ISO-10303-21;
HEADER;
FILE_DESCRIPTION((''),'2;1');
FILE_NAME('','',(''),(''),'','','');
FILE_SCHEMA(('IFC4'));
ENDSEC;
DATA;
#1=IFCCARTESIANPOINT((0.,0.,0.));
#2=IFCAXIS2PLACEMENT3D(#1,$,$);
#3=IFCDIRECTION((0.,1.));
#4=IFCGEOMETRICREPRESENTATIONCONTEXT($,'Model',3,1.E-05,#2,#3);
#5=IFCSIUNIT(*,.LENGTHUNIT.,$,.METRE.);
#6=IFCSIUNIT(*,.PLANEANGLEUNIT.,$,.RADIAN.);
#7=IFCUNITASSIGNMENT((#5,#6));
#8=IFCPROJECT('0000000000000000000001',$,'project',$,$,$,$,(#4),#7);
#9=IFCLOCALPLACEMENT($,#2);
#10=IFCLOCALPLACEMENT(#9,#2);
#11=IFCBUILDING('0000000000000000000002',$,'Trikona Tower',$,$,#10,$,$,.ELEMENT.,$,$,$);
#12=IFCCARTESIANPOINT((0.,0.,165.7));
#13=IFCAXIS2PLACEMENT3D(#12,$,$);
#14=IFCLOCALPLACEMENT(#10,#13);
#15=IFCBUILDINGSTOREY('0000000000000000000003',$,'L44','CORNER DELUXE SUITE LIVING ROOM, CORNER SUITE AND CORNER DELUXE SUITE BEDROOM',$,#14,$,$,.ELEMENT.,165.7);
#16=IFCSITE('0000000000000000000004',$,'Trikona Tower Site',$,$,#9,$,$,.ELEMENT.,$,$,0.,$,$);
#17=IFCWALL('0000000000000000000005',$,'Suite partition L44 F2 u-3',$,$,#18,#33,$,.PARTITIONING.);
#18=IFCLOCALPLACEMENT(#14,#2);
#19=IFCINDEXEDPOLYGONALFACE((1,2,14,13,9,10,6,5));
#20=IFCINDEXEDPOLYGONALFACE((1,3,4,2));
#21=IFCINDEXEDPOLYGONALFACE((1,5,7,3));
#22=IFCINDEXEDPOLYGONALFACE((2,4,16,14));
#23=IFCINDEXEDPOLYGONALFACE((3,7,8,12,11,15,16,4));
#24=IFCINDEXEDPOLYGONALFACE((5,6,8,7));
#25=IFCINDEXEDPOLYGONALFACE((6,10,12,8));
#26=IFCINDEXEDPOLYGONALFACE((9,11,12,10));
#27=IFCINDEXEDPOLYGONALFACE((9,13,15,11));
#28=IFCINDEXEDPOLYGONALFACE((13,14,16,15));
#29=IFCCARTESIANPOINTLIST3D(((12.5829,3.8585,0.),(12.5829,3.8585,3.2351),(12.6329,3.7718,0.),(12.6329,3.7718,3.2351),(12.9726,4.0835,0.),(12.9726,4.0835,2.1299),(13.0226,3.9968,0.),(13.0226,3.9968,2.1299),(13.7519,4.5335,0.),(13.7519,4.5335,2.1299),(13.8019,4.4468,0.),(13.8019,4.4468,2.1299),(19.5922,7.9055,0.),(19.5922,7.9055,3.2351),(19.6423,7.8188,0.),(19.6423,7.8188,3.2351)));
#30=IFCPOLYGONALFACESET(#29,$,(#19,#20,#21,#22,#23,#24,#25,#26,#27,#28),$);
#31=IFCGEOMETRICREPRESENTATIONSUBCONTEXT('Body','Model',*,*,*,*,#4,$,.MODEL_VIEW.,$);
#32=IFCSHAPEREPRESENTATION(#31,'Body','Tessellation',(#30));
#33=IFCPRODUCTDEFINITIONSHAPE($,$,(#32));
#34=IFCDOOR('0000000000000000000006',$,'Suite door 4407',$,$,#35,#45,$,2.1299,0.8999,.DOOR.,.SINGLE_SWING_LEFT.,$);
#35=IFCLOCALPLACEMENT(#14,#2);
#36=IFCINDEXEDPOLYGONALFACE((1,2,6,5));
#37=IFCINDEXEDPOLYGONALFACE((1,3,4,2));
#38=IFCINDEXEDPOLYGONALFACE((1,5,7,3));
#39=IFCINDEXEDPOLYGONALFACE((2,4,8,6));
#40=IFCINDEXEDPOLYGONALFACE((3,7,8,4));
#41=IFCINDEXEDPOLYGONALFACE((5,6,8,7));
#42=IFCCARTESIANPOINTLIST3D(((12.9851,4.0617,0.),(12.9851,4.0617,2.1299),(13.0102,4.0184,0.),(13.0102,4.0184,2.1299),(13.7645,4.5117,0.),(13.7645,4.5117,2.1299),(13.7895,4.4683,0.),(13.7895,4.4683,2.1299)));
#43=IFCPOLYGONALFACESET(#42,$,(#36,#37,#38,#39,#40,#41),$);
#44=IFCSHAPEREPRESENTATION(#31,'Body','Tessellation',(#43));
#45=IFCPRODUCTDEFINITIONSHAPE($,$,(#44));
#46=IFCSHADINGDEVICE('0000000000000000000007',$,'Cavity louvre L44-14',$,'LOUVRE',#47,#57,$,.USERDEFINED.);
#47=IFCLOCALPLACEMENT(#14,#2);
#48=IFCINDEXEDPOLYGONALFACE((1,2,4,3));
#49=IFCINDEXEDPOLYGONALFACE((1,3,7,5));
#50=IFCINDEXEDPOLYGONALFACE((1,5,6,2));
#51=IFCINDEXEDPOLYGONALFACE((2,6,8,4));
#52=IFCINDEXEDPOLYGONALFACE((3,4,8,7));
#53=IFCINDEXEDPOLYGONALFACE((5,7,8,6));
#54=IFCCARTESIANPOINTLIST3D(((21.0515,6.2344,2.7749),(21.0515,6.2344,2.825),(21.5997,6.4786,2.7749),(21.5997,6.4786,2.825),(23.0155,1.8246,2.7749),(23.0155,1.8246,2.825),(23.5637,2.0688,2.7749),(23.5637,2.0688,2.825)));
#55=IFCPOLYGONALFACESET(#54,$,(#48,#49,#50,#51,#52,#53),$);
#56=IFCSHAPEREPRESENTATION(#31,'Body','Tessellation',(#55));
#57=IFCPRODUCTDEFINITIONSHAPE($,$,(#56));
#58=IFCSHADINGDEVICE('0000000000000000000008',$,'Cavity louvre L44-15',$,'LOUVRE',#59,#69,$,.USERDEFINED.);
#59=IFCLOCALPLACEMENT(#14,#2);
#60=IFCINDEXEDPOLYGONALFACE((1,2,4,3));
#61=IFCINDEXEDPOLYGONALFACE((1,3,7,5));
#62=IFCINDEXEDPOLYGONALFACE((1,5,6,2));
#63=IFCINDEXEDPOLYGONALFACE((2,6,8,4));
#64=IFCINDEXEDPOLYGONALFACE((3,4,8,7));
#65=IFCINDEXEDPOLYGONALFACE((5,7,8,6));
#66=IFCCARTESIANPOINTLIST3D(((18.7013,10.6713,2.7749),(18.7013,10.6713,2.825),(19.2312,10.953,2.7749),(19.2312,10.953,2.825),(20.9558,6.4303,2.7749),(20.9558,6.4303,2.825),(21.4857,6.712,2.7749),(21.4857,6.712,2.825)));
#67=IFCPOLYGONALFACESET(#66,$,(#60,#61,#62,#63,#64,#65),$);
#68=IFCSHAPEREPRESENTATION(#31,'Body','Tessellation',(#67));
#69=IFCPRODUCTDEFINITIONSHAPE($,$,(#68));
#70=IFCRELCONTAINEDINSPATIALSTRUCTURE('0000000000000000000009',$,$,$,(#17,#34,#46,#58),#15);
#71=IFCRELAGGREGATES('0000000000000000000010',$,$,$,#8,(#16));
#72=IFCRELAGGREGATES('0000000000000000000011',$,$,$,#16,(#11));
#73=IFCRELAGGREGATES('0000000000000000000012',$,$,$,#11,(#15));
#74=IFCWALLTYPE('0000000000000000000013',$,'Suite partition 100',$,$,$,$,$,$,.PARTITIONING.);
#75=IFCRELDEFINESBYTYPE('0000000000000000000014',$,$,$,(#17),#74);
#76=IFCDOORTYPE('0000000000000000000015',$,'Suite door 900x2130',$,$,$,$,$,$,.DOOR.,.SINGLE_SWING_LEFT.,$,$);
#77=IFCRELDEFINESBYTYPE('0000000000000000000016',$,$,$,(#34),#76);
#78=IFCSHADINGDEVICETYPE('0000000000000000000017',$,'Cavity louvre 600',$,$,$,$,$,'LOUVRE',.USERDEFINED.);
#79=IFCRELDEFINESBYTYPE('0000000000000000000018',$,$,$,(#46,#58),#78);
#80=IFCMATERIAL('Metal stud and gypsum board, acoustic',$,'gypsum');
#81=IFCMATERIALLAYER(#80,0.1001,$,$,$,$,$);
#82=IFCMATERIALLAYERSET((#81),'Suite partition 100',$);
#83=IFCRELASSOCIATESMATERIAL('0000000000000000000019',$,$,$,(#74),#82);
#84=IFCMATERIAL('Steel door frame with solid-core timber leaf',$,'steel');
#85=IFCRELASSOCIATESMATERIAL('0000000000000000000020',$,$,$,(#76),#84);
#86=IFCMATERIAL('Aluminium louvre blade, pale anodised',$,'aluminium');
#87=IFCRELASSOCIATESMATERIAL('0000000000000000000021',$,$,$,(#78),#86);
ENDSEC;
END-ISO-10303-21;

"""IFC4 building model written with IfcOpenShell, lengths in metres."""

from ifc_helpers import new_model, si_unit, direction, frame, frame_2d, origin, origin_2d, place, context, subcontext, project, spatial, rectangle, extrude, material, layer, layer_set, type_object, element, fill, save


model = new_model("IFC4")

# Units and contexts
model_context = context("Model", 3, precision=1e-05, world=origin(), true_north=direction((0.0, 1.0)))
body_context = subcontext(model_context, "Body", "Model", "MODEL_VIEW")
ifc_project = project(units=[si_unit("LENGTHUNIT", "METRE"), si_unit("PLANEANGLEUNIT", "RADIAN")], contexts=[model_context])

# Site, building, storey
site_placement = place(None, origin())
site = spatial("IfcSite", under=ifc_project, at=site_placement, Name="Trikona Tower Site", CompositionType="ELEMENT", RefElevation=0.0)
building_placement = place(site_placement, origin())
building = spatial("IfcBuilding", under=site, at=building_placement, Name="Trikona Tower", CompositionType="ELEMENT")
storey_placement = place(building_placement, frame((0.0, 0.0, 165.7)))
storey = spatial("IfcBuildingStorey", under=building, at=storey_placement, Name="L44", Description="CORNER DELUXE SUITE LIVING ROOM, CORNER SUITE AND CORNER DELUXE SUITE BEDROOM", CompositionType="ELEMENT", Elevation=165.7)

# Wall, opening, door
ifc_material_1 = material(Name="Metal stud and gypsum board, acoustic", Category="gypsum")
ifc_layer_1 = layer(ifc_material_1, 0.1001)
ifc_layer_set_1 = layer_set([ifc_layer_1], Name="Suite partition 100")
wall_type_1 = type_object("IfcWallType", Name="Suite partition 100", PredefinedType="PARTITIONING", material=ifc_layer_set_1)
wall_1_placement = place(storey_placement, frame((12.6079, 3.8152, 0.0), z_axis=(0.0, 0.0, 1.0), x_axis=(0.866022, 0.500006, 0.0)))
wall_1 = element("IfcWall", 1, at=wall_1_placement, inside=storey, type_object=wall_type_1, Name="Suite partition L44 F2 u-3", PredefinedType="PARTITIONING", context=body_context, shape_type="SweptSolid", body=[
    extrude(rectangle(XDim=8.0938, YDim=0.1001, at=frame_2d((4.0469, 0.0))), origin(), (0.0, 0.0, 1.0), 3.2351),
])
opening_1_placement = place(wall_1_placement, frame((0.45, 0.0, 0.0)))
opening_1 = element("IfcOpeningElement", 2, at=opening_1_placement, cuts=wall_1, PredefinedType="OPENING", context=body_context, shape_type="SweptSolid", body=[
    extrude(rectangle(XDim=0.8999, YDim=2.1299, at=frame_2d((0.45, 1.0649))), frame((0.0, 0.0601, 0.0), z_axis=(0.0, -1.0, 0.0), x_axis=(1.0, 0.0, 0.0)), (0.0, 0.0, 1.0), 0.1201),
])
ifc_material_2 = material(Name="Steel door frame with solid-core timber leaf", Category="steel")
door_type = type_object("IfcDoorType", Name="Suite door 900x2130", OperationType="SINGLE_SWING_LEFT", PredefinedType="DOOR", material=ifc_material_2)
door_placement = place(opening_1_placement, origin())
door = element("IfcDoor", 3, at=door_placement, inside=storey, type_object=door_type, Name="Suite door 4407", OperationType="SINGLE_SWING_LEFT", OverallHeight=2.1299, OverallWidth=0.8999, PredefinedType="DOOR", context=body_context, shape_type="SweptSolid", body=[
    extrude(rectangle(XDim=0.8999, YDim=2.1299, at=frame_2d((0.45, 1.0649))), frame((0.0, 0.0249, 0.0), z_axis=(0.0, -1.0, 0.0), x_axis=(1.0, 0.0, 0.0)), (0.0, 0.0, 1.0), 0.05),
])
fill(opening_1, door)

# Shading devices
ifc_material_3 = material(Name="Aluminium louvre blade, pale anodised", Category="aluminium")
shading_device_type = type_object("IfcShadingDeviceType", Name="Cavity louvre 600", ElementType="LOUVRE", PredefinedType="USERDEFINED", material=ifc_material_3)
shading_device_1_placement = place(storey_placement, frame((22.3076, 4.1516, 2.7749), z_axis=(0.0, 0.0, 1.0), x_axis=(-0.406843, 0.913498, 0.0)))
element("IfcShadingDevice", 4, at=shading_device_1_placement, inside=storey, type_object=shading_device_type, Name="Cavity louvre L44-14", ObjectType="LOUVRE", PredefinedType="USERDEFINED", context=body_context, shape_type="SweptSolid", body=[
    extrude(rectangle(XDim=4.8274, YDim=0.6001, at=origin_2d()), origin(), (0.0, 0.0, 1.0), 0.05),
])
shading_device_2_placement = place(storey_placement, frame((20.0935, 8.6917, 2.7749), z_axis=(0.0, 0.0, 1.0), x_axis=(-0.469398, 0.882987, 0.0)))
element("IfcShadingDevice", 5, at=shading_device_2_placement, inside=storey, type_object=shading_device_type, Name="Cavity louvre L44-15", ObjectType="LOUVRE", PredefinedType="USERDEFINED", context=body_context, shape_type="SweptSolid", body=[
    extrude(rectangle(XDim=4.803, YDim=0.6001, at=origin_2d()), origin(), (0.0, 0.0, 1.0), 0.05),
])

save(model, "model.ifc")
